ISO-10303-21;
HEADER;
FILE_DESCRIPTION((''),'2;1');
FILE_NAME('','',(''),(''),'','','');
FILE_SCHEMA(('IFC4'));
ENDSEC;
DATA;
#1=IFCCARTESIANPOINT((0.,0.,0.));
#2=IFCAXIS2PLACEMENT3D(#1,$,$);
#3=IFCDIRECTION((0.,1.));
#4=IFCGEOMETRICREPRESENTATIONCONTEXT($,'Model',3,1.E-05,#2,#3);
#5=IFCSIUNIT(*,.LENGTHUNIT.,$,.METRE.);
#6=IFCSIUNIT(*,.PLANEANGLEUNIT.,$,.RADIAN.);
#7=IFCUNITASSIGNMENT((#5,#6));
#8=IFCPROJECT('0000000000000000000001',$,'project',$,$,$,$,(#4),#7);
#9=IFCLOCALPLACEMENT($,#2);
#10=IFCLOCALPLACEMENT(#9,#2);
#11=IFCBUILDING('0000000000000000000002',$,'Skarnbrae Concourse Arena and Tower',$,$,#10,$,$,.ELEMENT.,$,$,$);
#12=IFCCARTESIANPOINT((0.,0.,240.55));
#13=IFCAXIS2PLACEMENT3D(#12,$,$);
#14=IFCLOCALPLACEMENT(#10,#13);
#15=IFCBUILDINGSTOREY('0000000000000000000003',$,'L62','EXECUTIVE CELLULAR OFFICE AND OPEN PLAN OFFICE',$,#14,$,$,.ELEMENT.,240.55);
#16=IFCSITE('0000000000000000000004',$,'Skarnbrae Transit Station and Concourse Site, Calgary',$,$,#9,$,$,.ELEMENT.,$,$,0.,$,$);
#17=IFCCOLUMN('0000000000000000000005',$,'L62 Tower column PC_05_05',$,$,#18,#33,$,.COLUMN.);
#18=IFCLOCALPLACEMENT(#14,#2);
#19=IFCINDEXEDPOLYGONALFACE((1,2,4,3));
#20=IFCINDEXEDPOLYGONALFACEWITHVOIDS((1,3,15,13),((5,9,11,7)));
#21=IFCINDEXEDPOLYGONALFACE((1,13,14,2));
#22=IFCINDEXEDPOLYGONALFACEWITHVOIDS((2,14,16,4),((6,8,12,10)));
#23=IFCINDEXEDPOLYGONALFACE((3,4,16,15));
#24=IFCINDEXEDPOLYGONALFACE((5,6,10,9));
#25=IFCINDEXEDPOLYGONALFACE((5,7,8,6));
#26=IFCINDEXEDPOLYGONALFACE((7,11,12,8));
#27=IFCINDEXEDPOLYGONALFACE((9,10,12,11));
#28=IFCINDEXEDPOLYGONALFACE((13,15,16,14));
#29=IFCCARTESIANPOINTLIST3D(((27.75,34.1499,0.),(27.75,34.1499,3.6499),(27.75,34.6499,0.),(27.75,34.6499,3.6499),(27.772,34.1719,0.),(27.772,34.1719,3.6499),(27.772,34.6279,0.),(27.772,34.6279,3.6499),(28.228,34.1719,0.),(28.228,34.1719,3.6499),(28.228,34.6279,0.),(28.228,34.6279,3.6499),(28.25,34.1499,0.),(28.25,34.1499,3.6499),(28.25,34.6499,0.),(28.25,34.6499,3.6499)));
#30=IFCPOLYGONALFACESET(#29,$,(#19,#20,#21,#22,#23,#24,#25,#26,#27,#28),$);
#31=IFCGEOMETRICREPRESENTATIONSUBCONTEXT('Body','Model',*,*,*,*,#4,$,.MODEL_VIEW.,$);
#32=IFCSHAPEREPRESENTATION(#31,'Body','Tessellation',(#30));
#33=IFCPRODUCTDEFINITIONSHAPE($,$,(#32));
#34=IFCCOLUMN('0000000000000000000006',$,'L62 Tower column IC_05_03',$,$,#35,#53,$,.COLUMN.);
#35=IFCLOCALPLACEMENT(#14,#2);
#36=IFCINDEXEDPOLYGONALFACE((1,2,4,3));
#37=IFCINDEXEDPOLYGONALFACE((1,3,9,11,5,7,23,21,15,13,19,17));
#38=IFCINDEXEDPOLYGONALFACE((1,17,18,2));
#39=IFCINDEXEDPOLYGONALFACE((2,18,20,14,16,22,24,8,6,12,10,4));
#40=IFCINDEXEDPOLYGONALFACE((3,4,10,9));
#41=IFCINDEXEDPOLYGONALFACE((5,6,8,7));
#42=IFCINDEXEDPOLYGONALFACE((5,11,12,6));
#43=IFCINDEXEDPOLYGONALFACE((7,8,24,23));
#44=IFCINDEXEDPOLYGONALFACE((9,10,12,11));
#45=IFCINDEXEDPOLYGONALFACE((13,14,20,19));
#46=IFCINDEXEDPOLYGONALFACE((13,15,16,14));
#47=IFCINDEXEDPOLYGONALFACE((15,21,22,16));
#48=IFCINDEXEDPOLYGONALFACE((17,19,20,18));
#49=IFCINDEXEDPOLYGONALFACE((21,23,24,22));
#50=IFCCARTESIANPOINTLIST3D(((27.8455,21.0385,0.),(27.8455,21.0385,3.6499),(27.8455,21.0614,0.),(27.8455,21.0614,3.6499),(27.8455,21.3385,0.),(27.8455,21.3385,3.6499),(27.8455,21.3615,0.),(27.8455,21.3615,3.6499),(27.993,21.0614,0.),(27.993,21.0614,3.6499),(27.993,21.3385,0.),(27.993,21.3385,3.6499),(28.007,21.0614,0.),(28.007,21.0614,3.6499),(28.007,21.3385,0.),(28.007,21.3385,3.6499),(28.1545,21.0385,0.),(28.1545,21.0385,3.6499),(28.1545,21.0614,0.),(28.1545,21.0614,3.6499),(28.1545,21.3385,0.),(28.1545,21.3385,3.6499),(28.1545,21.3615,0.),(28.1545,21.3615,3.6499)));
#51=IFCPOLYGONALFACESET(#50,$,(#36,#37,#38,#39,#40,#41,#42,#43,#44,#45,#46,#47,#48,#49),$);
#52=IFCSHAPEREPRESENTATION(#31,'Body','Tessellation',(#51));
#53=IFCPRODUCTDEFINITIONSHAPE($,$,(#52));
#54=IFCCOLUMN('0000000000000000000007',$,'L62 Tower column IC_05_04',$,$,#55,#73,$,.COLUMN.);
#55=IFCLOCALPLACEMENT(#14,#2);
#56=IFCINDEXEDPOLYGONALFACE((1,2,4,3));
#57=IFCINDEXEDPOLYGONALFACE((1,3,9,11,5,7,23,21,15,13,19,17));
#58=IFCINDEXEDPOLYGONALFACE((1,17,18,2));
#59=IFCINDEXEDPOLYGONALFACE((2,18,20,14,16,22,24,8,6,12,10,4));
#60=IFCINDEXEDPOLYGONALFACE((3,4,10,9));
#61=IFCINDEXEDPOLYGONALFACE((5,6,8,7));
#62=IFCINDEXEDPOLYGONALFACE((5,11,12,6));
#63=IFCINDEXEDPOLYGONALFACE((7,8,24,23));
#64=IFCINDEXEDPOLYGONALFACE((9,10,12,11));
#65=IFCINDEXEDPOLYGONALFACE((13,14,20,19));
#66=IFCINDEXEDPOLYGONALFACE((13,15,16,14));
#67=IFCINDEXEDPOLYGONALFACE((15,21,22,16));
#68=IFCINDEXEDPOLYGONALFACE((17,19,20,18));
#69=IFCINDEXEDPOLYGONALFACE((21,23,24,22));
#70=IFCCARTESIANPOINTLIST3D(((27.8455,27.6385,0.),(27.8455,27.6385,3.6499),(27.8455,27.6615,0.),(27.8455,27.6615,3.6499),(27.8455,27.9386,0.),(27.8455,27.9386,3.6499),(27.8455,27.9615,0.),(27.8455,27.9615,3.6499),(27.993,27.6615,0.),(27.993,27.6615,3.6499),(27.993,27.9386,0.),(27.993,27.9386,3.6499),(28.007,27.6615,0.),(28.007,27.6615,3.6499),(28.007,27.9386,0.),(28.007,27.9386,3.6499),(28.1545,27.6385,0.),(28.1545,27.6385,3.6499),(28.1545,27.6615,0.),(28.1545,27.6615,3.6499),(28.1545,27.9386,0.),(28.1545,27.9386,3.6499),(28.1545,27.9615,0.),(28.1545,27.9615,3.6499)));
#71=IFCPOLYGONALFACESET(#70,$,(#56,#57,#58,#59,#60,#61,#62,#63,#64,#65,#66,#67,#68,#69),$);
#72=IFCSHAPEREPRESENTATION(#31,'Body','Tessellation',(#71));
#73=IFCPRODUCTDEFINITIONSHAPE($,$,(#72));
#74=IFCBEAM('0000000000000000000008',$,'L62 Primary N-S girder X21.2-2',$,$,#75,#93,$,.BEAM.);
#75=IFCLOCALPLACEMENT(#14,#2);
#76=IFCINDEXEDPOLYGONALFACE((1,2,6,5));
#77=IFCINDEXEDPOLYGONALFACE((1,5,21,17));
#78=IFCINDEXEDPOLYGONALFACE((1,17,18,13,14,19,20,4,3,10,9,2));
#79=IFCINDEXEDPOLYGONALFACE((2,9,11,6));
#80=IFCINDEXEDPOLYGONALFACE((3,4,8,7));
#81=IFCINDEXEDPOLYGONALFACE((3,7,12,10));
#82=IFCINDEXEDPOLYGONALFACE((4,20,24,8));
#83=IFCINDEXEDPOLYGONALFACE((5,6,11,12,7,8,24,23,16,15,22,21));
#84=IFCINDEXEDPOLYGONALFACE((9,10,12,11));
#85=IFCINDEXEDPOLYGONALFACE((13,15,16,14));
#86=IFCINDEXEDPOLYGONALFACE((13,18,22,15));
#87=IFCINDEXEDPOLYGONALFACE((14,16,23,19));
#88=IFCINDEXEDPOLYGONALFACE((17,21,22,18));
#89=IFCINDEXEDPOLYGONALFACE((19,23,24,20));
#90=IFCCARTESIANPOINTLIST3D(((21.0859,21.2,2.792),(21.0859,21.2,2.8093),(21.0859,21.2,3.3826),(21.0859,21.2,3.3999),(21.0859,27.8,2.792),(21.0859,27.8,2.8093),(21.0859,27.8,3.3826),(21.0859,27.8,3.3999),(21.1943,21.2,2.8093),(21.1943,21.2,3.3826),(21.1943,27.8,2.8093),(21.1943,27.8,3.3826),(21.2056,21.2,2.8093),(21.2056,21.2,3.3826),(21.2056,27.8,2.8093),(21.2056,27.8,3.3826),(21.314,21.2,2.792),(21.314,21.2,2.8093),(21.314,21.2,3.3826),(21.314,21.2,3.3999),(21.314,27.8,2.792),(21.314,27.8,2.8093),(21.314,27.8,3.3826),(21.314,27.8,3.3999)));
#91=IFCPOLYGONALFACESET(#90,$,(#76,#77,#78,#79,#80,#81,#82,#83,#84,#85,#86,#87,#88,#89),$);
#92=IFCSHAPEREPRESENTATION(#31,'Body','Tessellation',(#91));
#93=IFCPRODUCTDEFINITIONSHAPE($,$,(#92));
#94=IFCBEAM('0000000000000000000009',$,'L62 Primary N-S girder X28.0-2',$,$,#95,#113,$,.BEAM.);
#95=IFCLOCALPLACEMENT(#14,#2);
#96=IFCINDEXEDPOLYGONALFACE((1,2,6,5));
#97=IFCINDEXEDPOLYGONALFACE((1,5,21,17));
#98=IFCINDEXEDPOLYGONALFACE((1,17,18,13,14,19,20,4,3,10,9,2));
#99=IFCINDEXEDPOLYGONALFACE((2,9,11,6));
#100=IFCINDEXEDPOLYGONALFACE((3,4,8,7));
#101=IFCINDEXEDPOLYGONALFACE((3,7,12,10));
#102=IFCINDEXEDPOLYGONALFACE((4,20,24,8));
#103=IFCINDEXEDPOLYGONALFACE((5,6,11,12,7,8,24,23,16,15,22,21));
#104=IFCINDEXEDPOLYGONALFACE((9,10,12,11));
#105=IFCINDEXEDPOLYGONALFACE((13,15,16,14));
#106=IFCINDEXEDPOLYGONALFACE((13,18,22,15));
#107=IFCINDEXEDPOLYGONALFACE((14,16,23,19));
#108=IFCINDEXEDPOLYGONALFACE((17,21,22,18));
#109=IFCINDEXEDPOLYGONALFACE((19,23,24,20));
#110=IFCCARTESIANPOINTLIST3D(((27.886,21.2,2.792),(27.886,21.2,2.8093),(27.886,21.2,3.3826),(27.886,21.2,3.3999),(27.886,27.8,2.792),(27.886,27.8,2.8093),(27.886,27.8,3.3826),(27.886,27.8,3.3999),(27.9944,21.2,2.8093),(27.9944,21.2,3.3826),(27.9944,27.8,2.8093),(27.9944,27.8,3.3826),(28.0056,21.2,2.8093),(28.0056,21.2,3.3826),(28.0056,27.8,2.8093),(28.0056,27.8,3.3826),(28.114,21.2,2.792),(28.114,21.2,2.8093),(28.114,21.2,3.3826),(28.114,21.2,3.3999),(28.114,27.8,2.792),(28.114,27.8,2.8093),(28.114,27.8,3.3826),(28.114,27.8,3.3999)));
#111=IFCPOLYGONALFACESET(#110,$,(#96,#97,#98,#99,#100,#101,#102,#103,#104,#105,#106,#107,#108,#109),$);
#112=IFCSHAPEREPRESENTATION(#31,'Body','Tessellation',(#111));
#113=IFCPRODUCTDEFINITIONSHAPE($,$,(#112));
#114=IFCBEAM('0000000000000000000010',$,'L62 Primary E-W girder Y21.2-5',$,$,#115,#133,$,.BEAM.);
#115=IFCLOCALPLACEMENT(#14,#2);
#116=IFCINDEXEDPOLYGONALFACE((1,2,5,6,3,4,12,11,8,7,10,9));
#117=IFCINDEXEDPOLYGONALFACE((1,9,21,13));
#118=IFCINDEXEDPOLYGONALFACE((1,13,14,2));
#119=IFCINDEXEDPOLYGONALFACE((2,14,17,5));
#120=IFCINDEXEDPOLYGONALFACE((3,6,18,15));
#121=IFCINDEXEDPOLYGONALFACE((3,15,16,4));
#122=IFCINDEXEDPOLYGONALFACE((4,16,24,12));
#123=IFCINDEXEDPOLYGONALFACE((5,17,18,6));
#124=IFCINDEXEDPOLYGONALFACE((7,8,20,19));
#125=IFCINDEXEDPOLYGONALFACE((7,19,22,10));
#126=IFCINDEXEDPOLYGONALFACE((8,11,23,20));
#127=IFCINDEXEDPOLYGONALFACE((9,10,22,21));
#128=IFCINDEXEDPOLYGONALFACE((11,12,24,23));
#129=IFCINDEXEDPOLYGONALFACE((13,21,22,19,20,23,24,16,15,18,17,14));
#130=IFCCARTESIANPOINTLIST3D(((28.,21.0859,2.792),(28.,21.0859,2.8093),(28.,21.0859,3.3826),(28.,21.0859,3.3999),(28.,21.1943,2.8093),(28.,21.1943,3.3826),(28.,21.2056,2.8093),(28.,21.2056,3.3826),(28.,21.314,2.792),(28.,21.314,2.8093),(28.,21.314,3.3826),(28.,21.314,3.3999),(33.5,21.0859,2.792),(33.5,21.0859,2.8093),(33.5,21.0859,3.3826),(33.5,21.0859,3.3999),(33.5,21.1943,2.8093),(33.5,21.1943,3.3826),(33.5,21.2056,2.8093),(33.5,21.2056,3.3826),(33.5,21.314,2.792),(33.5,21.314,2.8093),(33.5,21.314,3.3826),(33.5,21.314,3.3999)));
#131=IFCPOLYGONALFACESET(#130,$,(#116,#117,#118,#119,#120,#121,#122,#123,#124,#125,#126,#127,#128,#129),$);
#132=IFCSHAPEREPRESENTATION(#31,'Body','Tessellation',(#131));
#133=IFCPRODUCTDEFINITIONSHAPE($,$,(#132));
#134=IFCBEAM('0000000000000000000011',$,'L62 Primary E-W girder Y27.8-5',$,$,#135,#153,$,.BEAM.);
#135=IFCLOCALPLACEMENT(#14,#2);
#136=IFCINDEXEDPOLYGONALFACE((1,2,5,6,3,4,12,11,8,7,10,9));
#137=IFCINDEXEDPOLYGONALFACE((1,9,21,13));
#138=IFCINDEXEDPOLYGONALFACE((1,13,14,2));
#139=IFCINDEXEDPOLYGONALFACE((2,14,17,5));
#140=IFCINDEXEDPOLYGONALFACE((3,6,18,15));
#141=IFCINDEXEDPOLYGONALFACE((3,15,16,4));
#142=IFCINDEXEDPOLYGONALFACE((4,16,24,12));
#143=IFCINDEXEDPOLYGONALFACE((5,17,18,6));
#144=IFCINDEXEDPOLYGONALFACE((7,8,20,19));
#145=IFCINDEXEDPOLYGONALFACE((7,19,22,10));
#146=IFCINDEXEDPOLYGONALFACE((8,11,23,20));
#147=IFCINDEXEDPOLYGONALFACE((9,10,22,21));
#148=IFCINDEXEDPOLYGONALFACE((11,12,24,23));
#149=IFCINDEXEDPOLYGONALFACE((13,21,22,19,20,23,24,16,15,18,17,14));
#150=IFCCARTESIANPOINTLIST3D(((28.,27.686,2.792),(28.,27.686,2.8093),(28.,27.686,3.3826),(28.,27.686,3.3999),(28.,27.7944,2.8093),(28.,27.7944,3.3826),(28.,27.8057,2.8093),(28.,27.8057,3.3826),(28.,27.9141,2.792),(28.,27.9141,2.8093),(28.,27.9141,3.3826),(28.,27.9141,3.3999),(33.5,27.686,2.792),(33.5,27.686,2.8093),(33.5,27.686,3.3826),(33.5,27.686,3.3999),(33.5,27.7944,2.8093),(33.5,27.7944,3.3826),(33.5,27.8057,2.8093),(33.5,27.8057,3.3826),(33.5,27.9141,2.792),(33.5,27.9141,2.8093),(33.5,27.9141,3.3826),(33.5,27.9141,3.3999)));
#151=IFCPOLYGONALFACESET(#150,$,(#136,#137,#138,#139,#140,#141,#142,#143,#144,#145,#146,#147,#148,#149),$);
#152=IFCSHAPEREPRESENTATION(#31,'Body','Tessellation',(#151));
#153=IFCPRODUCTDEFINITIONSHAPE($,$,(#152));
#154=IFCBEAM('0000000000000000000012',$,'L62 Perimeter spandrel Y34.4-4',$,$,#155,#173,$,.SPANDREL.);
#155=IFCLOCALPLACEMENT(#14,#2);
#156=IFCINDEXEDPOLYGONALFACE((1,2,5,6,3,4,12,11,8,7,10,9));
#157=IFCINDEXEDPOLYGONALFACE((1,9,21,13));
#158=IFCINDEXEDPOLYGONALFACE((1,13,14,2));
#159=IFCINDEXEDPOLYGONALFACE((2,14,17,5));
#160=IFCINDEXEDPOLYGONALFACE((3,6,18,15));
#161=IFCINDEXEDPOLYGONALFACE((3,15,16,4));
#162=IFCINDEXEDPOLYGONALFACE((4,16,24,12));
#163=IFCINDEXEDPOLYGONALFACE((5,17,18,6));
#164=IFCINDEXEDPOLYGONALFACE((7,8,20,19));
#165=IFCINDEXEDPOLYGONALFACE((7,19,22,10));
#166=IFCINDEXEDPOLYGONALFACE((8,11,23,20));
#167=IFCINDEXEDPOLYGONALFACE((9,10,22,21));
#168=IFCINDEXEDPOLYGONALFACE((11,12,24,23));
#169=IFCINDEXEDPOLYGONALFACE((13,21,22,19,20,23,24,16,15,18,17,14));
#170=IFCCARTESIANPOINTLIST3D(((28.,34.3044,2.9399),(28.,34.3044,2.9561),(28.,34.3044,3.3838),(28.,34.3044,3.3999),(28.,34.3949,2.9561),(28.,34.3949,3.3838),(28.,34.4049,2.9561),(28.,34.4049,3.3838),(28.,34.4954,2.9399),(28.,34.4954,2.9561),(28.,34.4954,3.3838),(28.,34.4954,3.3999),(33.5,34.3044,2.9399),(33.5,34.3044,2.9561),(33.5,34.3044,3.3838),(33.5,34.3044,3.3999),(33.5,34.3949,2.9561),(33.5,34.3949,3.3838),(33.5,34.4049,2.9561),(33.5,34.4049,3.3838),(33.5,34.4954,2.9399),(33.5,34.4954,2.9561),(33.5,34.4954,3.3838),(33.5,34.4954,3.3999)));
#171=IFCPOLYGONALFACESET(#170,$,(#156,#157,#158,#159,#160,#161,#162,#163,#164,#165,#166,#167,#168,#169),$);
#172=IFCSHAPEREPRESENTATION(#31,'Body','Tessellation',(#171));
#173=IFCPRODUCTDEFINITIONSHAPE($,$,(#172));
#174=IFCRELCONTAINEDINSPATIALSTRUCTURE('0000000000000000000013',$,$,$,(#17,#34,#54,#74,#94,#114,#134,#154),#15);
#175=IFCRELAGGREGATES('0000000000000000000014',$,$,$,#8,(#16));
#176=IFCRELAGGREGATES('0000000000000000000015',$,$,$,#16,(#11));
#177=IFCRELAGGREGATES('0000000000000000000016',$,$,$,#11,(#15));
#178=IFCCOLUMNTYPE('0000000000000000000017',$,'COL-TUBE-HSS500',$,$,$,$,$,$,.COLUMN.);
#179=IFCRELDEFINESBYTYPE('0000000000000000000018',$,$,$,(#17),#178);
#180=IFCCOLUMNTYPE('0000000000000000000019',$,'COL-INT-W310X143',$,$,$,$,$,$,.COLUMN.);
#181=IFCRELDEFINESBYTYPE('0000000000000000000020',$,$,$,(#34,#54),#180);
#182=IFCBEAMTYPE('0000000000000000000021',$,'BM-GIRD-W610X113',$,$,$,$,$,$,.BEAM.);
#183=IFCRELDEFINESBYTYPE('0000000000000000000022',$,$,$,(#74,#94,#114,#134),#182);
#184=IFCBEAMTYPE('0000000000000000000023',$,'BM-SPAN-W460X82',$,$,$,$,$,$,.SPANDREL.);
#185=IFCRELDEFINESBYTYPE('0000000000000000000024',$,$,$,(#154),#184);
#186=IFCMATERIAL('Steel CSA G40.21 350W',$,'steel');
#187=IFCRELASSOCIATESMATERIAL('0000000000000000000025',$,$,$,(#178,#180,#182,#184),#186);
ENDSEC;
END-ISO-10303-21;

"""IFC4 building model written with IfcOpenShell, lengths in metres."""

from ifc_helpers import new_model, si_unit, direction, frame, origin, origin_2d, place, context, subcontext, project, spatial, hollow_rectangle, i_section, extrude, source, transform, mapped, material, material_profile, profile_set, type_object, element, save


model = new_model("IFC4")

# Units and contexts
model_context = context("Model", 3, precision=1e-05, world=origin(), true_north=direction((0.0, 1.0)))
body_context = subcontext(model_context, "Body", "Model", "MODEL_VIEW")
ifc_project = project(units=[si_unit("LENGTHUNIT", "METRE"), si_unit("PLANEANGLEUNIT", "RADIAN")], contexts=[model_context])

# Site, building, storey
site_placement = place(None, origin())
site = spatial("IfcSite", under=ifc_project, at=site_placement, Name="Skarnbrae Transit Station and Concourse Site, Calgary", CompositionType="ELEMENT", RefElevation=0.0)
building_placement = place(site_placement, origin())
building = spatial("IfcBuilding", under=site, at=building_placement, Name="Skarnbrae Concourse Arena and Tower", CompositionType="ELEMENT")
storey_placement = place(building_placement, frame((0.0, 0.0, 240.55)))
storey = spatial("IfcBuildingStorey", under=building, at=storey_placement, Name="L62", Description="EXECUTIVE CELLULAR OFFICE AND OPEN PLAN OFFICE", CompositionType="ELEMENT", Elevation=240.55)

# Columns
ifc_material_1 = material(Name="Steel CSA G40.21 350W", Category="steel")
ifc_material_profile_1 = material_profile(ifc_material_1, hollow_rectangle(XDim=0.5, YDim=0.5, WallThickness=0.022, at=origin_2d()), Name="HSS500X500X22.0")
ifc_profile_set_1 = profile_set([ifc_material_profile_1], Name="Steel CSA G40.21 350W")
column_type_1 = type_object("IfcColumnType", Name="COL-TUBE-HSS500", PredefinedType="COLUMN", material=ifc_profile_set_1)
shared_shape_1 = source(origin(), body_context, "Body", "SweptSolid", [
    extrude(hollow_rectangle(XDim=0.5, YDim=0.5, WallThickness=0.022, at=origin_2d()), origin(), (0.0, 0.0, 1.0), 3.6499),
])
column_placement = place(storey_placement, frame((28.0, 34.3999, 0.0), z_axis=(0.0, 0.0, 1.0), x_axis=(1.0, 0.0, 0.0)))
element("IfcColumn", 1, at=column_placement, inside=storey, type_object=column_type_1, Name="L62 Tower column PC_05_05", PredefinedType="COLUMN", context=body_context, shape_type="MappedRepresentation", body=[
    mapped(shared_shape_1, transform((0.0, 0.0, 0.0))),
])
ifc_material_profile_2 = material_profile(ifc_material_1, i_section(OverallWidth=0.3091, OverallDepth=0.323, WebThickness=0.0139, FlangeThickness=0.0229, at=origin_2d()), Name="W310X143")
ifc_profile_set_2 = profile_set([ifc_material_profile_2], Name="Steel CSA G40.21 350W")
column_type_2 = type_object("IfcColumnType", Name="COL-INT-W310X143", PredefinedType="COLUMN", material=ifc_profile_set_2)
shared_shape_2 = source(origin(), body_context, "Body", "SweptSolid", [
    extrude(i_section(OverallWidth=0.3091, OverallDepth=0.323, WebThickness=0.0139, FlangeThickness=0.0229, at=origin_2d()), origin(), (0.0, 0.0, 1.0), 3.6499),
])
for number, where, z_axis, x_axis, name in (
    (2, (28.0, 21.2, 0.0), (0.0, 0.0, 1.0), (1.0, 0.0, 0.0), "L62 Tower column IC_05_03"),
    (3, (28.0, 27.8, 0.0), (0.0, 0.0, 1.0), (1.0, 0.0, 0.0), "L62 Tower column IC_05_04"),
):
    element("IfcColumn", number, at=place(storey_placement, frame(where, z_axis=z_axis, x_axis=x_axis)), inside=storey, type_object=column_type_2, Name=name, PredefinedType="COLUMN", context=body_context, shape_type="MappedRepresentation", body=[
        mapped(shared_shape_2, transform((0.0, 0.0, 0.0))),
    ])

# Beams
ifc_material_profile_3 = material_profile(ifc_material_1, i_section(OverallWidth=0.228, OverallDepth=0.6079, WebThickness=0.0112, FlangeThickness=0.0173, at=origin_2d()), Name="W610X113")
ifc_profile_set_3 = profile_set([ifc_material_profile_3], Name="Steel CSA G40.21 350W")
beam_type_1 = type_object("IfcBeamType", Name="BM-GIRD-W610X113", PredefinedType="BEAM", material=ifc_profile_set_3)
shared_shape_3 = source(origin(), body_context, "Body", "SweptSolid", [
    extrude(i_section(OverallWidth=0.228, OverallDepth=0.6079, WebThickness=0.0112, FlangeThickness=0.0173, at=origin_2d()), origin(), (0.0, 0.0, 1.0), 6.6001),
])
for number, where, z_axis, x_axis, name in (
    (4, (21.2, 21.2, 3.0959), (0.0, 1.0, 0.0), (-1.0, 0.0, 0.0), "L62 Primary N-S girder X21.2-2"),
    (5, (28.0, 21.2, 3.0959), (0.0, 1.0, 0.0), (-1.0, 0.0, 0.0), "L62 Primary N-S girder X28.0-2"),
):
    element("IfcBeam", number, at=place(storey_placement, frame(where, z_axis=z_axis, x_axis=x_axis)), inside=storey, type_object=beam_type_1, Name=name, PredefinedType="BEAM", context=body_context, shape_type="MappedRepresentation", body=[
        mapped(shared_shape_3, transform((0.0, 0.0, 0.0))),
    ])
shared_shape_4 = source(origin(), body_context, "Body", "SweptSolid", [
    extrude(i_section(OverallWidth=0.228, OverallDepth=0.6079, WebThickness=0.0112, FlangeThickness=0.0173, at=origin_2d()), origin(), (0.0, 0.0, 1.0), 5.5),
])
for number, where, z_axis, x_axis, name in (
    (6, (28.0, 21.2, 3.0959), (1.0, 0.0, 0.0), (0.0, 1.0, 0.0), "L62 Primary E-W girder Y21.2-5"),
    (7, (28.0, 27.8, 3.0959), (1.0, 0.0, 0.0), (0.0, 1.0, 0.0), "L62 Primary E-W girder Y27.8-5"),
):
    element("IfcBeam", number, at=place(storey_placement, frame(where, z_axis=z_axis, x_axis=x_axis)), inside=storey, type_object=beam_type_1, Name=name, PredefinedType="BEAM", context=body_context, shape_type="MappedRepresentation", body=[
        mapped(shared_shape_4, transform((0.0, 0.0, 0.0))),
    ])
ifc_material_profile_4 = material_profile(ifc_material_1, i_section(OverallWidth=0.1909, OverallDepth=0.46, WebThickness=0.01, FlangeThickness=0.0161, at=origin_2d()), Name="W460X82")
ifc_profile_set_4 = profile_set([ifc_material_profile_4], Name="Steel CSA G40.21 350W")
beam_type_2 = type_object("IfcBeamType", Name="BM-SPAN-W460X82", PredefinedType="SPANDREL", material=ifc_profile_set_4)
shared_shape_5 = source(origin(), body_context, "Body", "SweptSolid", [
    extrude(i_section(OverallWidth=0.1909, OverallDepth=0.46, WebThickness=0.01, FlangeThickness=0.0161, at=origin_2d()), origin(), (0.0, 0.0, 1.0), 5.5),
])
beam_placement = place(storey_placement, frame((28.0, 34.3999, 3.1699), z_axis=(1.0, 0.0, 0.0), x_axis=(0.0, 1.0, 0.0)))
element("IfcBeam", 8, at=beam_placement, inside=storey, type_object=beam_type_2, Name="L62 Perimeter spandrel Y34.4-4", PredefinedType="SPANDREL", context=body_context, shape_type="MappedRepresentation", body=[
    mapped(shared_shape_5, transform((0.0, 0.0, 0.0))),
])

save(model, "model.ifc")
